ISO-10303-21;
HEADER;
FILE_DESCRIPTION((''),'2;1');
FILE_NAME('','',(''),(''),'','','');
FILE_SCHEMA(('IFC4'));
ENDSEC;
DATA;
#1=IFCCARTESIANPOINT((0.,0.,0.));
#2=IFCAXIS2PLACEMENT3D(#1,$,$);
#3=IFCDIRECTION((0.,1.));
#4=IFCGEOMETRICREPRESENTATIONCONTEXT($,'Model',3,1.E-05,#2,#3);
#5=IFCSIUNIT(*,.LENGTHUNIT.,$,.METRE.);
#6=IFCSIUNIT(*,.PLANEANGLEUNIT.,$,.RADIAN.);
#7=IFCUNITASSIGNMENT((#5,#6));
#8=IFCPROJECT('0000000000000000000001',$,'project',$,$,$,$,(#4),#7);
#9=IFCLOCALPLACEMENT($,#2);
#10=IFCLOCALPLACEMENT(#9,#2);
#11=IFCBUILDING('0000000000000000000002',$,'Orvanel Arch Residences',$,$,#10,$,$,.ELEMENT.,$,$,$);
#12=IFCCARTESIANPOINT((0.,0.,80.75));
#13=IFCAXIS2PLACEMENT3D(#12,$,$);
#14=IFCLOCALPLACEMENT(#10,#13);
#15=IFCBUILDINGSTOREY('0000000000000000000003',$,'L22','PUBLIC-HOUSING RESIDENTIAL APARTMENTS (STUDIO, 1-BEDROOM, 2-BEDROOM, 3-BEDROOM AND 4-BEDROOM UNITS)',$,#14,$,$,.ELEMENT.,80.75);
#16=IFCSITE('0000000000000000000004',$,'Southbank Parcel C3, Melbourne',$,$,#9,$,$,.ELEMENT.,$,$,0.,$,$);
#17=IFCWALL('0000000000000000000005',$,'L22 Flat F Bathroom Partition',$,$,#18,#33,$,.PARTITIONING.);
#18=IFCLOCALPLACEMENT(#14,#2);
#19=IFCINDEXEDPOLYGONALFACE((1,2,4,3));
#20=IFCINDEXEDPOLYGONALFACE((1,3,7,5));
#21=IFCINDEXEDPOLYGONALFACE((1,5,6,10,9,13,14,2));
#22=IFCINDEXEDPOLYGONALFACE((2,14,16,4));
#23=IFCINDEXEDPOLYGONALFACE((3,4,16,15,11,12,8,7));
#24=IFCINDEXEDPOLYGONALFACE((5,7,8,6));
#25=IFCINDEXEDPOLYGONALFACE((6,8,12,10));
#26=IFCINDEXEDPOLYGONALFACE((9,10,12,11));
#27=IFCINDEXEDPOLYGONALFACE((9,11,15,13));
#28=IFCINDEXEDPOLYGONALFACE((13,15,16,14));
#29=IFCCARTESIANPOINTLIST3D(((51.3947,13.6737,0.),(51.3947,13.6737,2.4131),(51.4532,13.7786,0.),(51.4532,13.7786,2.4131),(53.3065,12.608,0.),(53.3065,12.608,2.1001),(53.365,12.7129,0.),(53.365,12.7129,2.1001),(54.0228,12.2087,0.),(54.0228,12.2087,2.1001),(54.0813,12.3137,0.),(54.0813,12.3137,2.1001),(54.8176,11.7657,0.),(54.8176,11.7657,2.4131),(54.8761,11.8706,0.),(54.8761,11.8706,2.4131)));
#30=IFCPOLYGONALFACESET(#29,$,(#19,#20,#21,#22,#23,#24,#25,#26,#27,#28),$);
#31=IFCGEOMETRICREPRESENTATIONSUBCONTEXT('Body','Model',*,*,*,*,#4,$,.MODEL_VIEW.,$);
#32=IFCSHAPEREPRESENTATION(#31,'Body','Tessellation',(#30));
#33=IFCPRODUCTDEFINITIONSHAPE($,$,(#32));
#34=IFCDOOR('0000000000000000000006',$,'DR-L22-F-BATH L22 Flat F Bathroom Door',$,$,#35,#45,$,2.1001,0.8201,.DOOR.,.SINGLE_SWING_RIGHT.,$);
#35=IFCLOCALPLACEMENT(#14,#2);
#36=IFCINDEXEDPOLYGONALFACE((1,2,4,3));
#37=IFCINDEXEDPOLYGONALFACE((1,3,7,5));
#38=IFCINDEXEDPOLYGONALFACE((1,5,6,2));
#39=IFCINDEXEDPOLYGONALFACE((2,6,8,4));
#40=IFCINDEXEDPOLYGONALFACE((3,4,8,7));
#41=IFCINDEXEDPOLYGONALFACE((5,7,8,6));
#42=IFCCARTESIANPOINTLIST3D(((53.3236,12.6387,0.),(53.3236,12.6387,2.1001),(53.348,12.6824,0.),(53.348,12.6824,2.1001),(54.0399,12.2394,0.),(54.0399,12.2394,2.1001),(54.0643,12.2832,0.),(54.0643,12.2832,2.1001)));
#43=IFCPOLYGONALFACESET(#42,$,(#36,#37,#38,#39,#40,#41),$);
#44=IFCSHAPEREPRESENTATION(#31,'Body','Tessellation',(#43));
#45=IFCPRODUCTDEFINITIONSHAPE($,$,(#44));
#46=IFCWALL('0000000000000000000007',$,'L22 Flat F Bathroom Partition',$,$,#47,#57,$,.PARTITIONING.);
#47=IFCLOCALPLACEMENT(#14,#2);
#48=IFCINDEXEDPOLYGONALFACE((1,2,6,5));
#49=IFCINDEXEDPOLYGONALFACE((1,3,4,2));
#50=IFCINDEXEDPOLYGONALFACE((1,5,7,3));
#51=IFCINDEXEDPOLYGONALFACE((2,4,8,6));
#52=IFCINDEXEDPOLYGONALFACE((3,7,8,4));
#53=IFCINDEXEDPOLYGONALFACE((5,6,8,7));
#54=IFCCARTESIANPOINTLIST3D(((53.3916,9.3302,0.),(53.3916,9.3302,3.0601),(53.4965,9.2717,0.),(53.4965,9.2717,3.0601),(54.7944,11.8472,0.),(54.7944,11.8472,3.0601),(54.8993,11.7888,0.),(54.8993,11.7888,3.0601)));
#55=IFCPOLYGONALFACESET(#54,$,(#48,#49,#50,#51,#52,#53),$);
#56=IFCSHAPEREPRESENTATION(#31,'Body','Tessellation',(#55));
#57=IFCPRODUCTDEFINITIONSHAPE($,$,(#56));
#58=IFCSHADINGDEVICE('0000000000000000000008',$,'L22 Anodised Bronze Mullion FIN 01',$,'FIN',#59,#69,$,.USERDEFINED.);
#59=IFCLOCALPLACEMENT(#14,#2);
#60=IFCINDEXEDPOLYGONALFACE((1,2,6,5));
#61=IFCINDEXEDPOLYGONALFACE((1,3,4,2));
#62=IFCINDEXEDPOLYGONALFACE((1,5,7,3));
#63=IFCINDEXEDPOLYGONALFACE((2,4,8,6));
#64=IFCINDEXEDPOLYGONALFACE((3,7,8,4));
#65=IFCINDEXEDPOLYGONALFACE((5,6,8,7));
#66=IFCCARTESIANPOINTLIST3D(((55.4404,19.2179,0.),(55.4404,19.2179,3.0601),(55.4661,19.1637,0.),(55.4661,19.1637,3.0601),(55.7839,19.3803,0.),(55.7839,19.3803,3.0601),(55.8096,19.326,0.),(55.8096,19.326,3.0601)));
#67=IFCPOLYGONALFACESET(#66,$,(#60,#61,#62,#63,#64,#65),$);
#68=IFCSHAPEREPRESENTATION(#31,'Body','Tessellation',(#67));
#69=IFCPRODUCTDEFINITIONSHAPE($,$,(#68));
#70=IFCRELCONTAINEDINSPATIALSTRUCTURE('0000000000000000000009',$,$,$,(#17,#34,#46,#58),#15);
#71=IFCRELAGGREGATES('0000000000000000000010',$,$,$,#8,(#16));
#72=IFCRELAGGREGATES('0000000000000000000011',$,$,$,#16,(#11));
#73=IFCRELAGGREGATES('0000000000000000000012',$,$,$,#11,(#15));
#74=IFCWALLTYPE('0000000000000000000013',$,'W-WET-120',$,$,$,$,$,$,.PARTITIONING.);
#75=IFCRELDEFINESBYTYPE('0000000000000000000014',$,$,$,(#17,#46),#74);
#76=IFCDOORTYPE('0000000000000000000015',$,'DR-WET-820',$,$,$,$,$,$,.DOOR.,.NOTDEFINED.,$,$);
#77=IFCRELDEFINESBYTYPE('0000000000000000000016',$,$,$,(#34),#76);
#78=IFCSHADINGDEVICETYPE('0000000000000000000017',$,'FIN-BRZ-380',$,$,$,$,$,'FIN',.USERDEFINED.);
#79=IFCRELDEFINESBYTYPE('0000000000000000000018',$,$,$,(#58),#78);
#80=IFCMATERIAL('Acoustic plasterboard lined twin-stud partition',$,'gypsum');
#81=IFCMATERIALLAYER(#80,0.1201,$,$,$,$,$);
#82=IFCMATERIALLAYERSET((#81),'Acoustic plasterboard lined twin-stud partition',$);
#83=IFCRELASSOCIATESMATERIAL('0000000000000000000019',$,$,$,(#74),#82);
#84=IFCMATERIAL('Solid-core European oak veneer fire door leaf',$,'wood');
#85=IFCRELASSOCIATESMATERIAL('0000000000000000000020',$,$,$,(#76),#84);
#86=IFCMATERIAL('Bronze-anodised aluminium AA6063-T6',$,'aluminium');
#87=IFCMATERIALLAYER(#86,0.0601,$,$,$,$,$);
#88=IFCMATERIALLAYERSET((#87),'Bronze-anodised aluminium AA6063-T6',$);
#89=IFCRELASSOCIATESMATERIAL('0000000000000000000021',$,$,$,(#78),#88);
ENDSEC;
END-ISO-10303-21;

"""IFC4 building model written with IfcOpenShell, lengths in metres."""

from ifc_helpers import new_model, si_unit, direction, frame, frame_2d, origin, origin_2d, place, context, subcontext, project, spatial, rectangle, extrude, material, layer, layer_set, type_object, element, fill, save


model = new_model("IFC4")

# Units and contexts
model_context = context("Model", 3, precision=1e-05, world=origin(), true_north=direction((0.0, 1.0)))
body_context = subcontext(model_context, "Body", "Model", "MODEL_VIEW")
ifc_project = project(units=[si_unit("LENGTHUNIT", "METRE"), si_unit("PLANEANGLEUNIT", "RADIAN")], contexts=[model_context])

# Site, building, storey
site_placement = place(None, origin())
site = spatial("IfcSite", under=ifc_project, at=site_placement, Name="Southbank Parcel C3, Melbourne", CompositionType="ELEMENT", RefElevation=0.0)
building_placement = place(site_placement, origin())
building = spatial("IfcBuilding", under=site, at=building_placement, Name="Orvanel Arch Residences", CompositionType="ELEMENT")
storey_placement = place(building_placement, frame((0.0, 0.0, 80.75)))
storey = spatial("IfcBuildingStorey", under=building, at=storey_placement, Name="L22", Description="PUBLIC-HOUSING RESIDENTIAL APARTMENTS (STUDIO, 1-BEDROOM, 2-BEDROOM, 3-BEDROOM AND 4-BEDROOM UNITS)", CompositionType="ELEMENT", Elevation=80.75)

# Shared definitions
ifc_material_1 = material(Name="Bronze-anodised aluminium AA6063-T6", Category="aluminium")

# Wall, opening, door
ifc_material_2 = material(Name="Acoustic plasterboard lined twin-stud partition", Category="gypsum")
ifc_layer_1 = layer(ifc_material_2, 0.1201)
ifc_layer_set_1 = layer_set([ifc_layer_1], Name="Acoustic plasterboard lined twin-stud partition")
wall_type_1 = type_object("IfcWallType", Name="W-WET-120", PredefinedType="PARTITIONING", material=ifc_layer_set_1)
wall_1_placement = place(storey_placement, frame((54.8469, 11.8181, 0.0), z_axis=(0.0, 0.0, 1.0), x_axis=(-0.873466, 0.486886, 0.0)))
wall_1 = element("IfcWall", 1, at=wall_1_placement, inside=storey, type_object=wall_type_1, Name="L22 Flat F Bathroom Partition", PredefinedType="PARTITIONING", context=body_context, shape_type="SweptSolid", body=[
    extrude(rectangle(XDim=3.9187, YDim=0.1201, at=frame_2d((1.9595, 0.0))), origin(), (0.0, 0.0, 1.0), 2.4131),
])
opening_placement = place(wall_1_placement, frame((0.9099, 0.0, 0.0)))
opening = element("IfcOpeningElement", 2, at=opening_placement, cuts=wall_1, PredefinedType="OPENING", context=body_context, shape_type="SweptSolid", body=[
    extrude(rectangle(XDim=0.8201, YDim=2.1001, at=frame_2d((0.4102, 1.05))), frame((0.0, 0.0701, 0.0), z_axis=(0.0, -1.0, 0.0), x_axis=(1.0, 0.0, 0.0)), (0.0, 0.0, 1.0), 0.1401),
])
ifc_material_3 = material(Name="Solid-core European oak veneer fire door leaf", Category="wood")
door_type = type_object("IfcDoorType", Name="DR-WET-820", OperationType="NOTDEFINED", PredefinedType="DOOR", material=ifc_material_3)
door_placement = place(opening_placement, origin())
door = element("IfcDoor", 3, at=door_placement, inside=storey, type_object=door_type, Name="DR-L22-F-BATH L22 Flat F Bathroom Door", OperationType="SINGLE_SWING_RIGHT", OverallHeight=2.1001, OverallWidth=0.8201, PredefinedType="DOOR", context=body_context, shape_type="SweptSolid", body=[
    extrude(rectangle(XDim=0.8201, YDim=2.1001, at=frame_2d((0.4102, 1.05))), frame((0.0, 0.0249, 0.0), z_axis=(0.0, -1.0, 0.0), x_axis=(1.0, 0.0, 0.0)), (0.0, 0.0, 1.0), 0.05),
])
fill(opening, door)

# Wall
wall_2_placement = place(storey_placement, frame((54.8469, 11.8181, 0.0), z_axis=(0.0, 0.0, 1.0), x_axis=(-0.486822, -0.873501, 0.0)))
element("IfcWall", 4, at=wall_2_placement, inside=storey, type_object=wall_type_1, Name="L22 Flat F Bathroom Partition", PredefinedType="PARTITIONING", context=body_context, shape_type="SweptSolid", body=[
    extrude(rectangle(XDim=2.8816, YDim=0.1201, at=frame_2d((1.4409, 0.0))), origin(), (0.0, 0.0, 1.0), 3.0601),
])

# Shading device
ifc_layer_2 = layer(ifc_material_1, 0.0601)
ifc_layer_set_2 = layer_set([ifc_layer_2], Name="Bronze-anodised aluminium AA6063-T6")
shading_device_type = type_object("IfcShadingDeviceType", Name="FIN-BRZ-380", ElementType="FIN", PredefinedType="USERDEFINED", material=ifc_layer_set_2)
shading_device_placement = place(storey_placement, frame((55.625, 19.272, 0.0), z_axis=(0.0, 0.0, 1.0), x_axis=(0.904083, 0.427358, 0.0)))
element("IfcShadingDevice", 5, at=shading_device_placement, inside=storey, type_object=shading_device_type, Name="L22 Anodised Bronze Mullion FIN 01", ObjectType="FIN", PredefinedType="USERDEFINED", context=body_context, shape_type="SweptSolid", body=[
    extrude(rectangle(XDim=0.3799, YDim=0.0601, at=origin_2d()), origin(), (0.0, 0.0, 1.0), 3.0601),
])

save(model, "model.ifc")
